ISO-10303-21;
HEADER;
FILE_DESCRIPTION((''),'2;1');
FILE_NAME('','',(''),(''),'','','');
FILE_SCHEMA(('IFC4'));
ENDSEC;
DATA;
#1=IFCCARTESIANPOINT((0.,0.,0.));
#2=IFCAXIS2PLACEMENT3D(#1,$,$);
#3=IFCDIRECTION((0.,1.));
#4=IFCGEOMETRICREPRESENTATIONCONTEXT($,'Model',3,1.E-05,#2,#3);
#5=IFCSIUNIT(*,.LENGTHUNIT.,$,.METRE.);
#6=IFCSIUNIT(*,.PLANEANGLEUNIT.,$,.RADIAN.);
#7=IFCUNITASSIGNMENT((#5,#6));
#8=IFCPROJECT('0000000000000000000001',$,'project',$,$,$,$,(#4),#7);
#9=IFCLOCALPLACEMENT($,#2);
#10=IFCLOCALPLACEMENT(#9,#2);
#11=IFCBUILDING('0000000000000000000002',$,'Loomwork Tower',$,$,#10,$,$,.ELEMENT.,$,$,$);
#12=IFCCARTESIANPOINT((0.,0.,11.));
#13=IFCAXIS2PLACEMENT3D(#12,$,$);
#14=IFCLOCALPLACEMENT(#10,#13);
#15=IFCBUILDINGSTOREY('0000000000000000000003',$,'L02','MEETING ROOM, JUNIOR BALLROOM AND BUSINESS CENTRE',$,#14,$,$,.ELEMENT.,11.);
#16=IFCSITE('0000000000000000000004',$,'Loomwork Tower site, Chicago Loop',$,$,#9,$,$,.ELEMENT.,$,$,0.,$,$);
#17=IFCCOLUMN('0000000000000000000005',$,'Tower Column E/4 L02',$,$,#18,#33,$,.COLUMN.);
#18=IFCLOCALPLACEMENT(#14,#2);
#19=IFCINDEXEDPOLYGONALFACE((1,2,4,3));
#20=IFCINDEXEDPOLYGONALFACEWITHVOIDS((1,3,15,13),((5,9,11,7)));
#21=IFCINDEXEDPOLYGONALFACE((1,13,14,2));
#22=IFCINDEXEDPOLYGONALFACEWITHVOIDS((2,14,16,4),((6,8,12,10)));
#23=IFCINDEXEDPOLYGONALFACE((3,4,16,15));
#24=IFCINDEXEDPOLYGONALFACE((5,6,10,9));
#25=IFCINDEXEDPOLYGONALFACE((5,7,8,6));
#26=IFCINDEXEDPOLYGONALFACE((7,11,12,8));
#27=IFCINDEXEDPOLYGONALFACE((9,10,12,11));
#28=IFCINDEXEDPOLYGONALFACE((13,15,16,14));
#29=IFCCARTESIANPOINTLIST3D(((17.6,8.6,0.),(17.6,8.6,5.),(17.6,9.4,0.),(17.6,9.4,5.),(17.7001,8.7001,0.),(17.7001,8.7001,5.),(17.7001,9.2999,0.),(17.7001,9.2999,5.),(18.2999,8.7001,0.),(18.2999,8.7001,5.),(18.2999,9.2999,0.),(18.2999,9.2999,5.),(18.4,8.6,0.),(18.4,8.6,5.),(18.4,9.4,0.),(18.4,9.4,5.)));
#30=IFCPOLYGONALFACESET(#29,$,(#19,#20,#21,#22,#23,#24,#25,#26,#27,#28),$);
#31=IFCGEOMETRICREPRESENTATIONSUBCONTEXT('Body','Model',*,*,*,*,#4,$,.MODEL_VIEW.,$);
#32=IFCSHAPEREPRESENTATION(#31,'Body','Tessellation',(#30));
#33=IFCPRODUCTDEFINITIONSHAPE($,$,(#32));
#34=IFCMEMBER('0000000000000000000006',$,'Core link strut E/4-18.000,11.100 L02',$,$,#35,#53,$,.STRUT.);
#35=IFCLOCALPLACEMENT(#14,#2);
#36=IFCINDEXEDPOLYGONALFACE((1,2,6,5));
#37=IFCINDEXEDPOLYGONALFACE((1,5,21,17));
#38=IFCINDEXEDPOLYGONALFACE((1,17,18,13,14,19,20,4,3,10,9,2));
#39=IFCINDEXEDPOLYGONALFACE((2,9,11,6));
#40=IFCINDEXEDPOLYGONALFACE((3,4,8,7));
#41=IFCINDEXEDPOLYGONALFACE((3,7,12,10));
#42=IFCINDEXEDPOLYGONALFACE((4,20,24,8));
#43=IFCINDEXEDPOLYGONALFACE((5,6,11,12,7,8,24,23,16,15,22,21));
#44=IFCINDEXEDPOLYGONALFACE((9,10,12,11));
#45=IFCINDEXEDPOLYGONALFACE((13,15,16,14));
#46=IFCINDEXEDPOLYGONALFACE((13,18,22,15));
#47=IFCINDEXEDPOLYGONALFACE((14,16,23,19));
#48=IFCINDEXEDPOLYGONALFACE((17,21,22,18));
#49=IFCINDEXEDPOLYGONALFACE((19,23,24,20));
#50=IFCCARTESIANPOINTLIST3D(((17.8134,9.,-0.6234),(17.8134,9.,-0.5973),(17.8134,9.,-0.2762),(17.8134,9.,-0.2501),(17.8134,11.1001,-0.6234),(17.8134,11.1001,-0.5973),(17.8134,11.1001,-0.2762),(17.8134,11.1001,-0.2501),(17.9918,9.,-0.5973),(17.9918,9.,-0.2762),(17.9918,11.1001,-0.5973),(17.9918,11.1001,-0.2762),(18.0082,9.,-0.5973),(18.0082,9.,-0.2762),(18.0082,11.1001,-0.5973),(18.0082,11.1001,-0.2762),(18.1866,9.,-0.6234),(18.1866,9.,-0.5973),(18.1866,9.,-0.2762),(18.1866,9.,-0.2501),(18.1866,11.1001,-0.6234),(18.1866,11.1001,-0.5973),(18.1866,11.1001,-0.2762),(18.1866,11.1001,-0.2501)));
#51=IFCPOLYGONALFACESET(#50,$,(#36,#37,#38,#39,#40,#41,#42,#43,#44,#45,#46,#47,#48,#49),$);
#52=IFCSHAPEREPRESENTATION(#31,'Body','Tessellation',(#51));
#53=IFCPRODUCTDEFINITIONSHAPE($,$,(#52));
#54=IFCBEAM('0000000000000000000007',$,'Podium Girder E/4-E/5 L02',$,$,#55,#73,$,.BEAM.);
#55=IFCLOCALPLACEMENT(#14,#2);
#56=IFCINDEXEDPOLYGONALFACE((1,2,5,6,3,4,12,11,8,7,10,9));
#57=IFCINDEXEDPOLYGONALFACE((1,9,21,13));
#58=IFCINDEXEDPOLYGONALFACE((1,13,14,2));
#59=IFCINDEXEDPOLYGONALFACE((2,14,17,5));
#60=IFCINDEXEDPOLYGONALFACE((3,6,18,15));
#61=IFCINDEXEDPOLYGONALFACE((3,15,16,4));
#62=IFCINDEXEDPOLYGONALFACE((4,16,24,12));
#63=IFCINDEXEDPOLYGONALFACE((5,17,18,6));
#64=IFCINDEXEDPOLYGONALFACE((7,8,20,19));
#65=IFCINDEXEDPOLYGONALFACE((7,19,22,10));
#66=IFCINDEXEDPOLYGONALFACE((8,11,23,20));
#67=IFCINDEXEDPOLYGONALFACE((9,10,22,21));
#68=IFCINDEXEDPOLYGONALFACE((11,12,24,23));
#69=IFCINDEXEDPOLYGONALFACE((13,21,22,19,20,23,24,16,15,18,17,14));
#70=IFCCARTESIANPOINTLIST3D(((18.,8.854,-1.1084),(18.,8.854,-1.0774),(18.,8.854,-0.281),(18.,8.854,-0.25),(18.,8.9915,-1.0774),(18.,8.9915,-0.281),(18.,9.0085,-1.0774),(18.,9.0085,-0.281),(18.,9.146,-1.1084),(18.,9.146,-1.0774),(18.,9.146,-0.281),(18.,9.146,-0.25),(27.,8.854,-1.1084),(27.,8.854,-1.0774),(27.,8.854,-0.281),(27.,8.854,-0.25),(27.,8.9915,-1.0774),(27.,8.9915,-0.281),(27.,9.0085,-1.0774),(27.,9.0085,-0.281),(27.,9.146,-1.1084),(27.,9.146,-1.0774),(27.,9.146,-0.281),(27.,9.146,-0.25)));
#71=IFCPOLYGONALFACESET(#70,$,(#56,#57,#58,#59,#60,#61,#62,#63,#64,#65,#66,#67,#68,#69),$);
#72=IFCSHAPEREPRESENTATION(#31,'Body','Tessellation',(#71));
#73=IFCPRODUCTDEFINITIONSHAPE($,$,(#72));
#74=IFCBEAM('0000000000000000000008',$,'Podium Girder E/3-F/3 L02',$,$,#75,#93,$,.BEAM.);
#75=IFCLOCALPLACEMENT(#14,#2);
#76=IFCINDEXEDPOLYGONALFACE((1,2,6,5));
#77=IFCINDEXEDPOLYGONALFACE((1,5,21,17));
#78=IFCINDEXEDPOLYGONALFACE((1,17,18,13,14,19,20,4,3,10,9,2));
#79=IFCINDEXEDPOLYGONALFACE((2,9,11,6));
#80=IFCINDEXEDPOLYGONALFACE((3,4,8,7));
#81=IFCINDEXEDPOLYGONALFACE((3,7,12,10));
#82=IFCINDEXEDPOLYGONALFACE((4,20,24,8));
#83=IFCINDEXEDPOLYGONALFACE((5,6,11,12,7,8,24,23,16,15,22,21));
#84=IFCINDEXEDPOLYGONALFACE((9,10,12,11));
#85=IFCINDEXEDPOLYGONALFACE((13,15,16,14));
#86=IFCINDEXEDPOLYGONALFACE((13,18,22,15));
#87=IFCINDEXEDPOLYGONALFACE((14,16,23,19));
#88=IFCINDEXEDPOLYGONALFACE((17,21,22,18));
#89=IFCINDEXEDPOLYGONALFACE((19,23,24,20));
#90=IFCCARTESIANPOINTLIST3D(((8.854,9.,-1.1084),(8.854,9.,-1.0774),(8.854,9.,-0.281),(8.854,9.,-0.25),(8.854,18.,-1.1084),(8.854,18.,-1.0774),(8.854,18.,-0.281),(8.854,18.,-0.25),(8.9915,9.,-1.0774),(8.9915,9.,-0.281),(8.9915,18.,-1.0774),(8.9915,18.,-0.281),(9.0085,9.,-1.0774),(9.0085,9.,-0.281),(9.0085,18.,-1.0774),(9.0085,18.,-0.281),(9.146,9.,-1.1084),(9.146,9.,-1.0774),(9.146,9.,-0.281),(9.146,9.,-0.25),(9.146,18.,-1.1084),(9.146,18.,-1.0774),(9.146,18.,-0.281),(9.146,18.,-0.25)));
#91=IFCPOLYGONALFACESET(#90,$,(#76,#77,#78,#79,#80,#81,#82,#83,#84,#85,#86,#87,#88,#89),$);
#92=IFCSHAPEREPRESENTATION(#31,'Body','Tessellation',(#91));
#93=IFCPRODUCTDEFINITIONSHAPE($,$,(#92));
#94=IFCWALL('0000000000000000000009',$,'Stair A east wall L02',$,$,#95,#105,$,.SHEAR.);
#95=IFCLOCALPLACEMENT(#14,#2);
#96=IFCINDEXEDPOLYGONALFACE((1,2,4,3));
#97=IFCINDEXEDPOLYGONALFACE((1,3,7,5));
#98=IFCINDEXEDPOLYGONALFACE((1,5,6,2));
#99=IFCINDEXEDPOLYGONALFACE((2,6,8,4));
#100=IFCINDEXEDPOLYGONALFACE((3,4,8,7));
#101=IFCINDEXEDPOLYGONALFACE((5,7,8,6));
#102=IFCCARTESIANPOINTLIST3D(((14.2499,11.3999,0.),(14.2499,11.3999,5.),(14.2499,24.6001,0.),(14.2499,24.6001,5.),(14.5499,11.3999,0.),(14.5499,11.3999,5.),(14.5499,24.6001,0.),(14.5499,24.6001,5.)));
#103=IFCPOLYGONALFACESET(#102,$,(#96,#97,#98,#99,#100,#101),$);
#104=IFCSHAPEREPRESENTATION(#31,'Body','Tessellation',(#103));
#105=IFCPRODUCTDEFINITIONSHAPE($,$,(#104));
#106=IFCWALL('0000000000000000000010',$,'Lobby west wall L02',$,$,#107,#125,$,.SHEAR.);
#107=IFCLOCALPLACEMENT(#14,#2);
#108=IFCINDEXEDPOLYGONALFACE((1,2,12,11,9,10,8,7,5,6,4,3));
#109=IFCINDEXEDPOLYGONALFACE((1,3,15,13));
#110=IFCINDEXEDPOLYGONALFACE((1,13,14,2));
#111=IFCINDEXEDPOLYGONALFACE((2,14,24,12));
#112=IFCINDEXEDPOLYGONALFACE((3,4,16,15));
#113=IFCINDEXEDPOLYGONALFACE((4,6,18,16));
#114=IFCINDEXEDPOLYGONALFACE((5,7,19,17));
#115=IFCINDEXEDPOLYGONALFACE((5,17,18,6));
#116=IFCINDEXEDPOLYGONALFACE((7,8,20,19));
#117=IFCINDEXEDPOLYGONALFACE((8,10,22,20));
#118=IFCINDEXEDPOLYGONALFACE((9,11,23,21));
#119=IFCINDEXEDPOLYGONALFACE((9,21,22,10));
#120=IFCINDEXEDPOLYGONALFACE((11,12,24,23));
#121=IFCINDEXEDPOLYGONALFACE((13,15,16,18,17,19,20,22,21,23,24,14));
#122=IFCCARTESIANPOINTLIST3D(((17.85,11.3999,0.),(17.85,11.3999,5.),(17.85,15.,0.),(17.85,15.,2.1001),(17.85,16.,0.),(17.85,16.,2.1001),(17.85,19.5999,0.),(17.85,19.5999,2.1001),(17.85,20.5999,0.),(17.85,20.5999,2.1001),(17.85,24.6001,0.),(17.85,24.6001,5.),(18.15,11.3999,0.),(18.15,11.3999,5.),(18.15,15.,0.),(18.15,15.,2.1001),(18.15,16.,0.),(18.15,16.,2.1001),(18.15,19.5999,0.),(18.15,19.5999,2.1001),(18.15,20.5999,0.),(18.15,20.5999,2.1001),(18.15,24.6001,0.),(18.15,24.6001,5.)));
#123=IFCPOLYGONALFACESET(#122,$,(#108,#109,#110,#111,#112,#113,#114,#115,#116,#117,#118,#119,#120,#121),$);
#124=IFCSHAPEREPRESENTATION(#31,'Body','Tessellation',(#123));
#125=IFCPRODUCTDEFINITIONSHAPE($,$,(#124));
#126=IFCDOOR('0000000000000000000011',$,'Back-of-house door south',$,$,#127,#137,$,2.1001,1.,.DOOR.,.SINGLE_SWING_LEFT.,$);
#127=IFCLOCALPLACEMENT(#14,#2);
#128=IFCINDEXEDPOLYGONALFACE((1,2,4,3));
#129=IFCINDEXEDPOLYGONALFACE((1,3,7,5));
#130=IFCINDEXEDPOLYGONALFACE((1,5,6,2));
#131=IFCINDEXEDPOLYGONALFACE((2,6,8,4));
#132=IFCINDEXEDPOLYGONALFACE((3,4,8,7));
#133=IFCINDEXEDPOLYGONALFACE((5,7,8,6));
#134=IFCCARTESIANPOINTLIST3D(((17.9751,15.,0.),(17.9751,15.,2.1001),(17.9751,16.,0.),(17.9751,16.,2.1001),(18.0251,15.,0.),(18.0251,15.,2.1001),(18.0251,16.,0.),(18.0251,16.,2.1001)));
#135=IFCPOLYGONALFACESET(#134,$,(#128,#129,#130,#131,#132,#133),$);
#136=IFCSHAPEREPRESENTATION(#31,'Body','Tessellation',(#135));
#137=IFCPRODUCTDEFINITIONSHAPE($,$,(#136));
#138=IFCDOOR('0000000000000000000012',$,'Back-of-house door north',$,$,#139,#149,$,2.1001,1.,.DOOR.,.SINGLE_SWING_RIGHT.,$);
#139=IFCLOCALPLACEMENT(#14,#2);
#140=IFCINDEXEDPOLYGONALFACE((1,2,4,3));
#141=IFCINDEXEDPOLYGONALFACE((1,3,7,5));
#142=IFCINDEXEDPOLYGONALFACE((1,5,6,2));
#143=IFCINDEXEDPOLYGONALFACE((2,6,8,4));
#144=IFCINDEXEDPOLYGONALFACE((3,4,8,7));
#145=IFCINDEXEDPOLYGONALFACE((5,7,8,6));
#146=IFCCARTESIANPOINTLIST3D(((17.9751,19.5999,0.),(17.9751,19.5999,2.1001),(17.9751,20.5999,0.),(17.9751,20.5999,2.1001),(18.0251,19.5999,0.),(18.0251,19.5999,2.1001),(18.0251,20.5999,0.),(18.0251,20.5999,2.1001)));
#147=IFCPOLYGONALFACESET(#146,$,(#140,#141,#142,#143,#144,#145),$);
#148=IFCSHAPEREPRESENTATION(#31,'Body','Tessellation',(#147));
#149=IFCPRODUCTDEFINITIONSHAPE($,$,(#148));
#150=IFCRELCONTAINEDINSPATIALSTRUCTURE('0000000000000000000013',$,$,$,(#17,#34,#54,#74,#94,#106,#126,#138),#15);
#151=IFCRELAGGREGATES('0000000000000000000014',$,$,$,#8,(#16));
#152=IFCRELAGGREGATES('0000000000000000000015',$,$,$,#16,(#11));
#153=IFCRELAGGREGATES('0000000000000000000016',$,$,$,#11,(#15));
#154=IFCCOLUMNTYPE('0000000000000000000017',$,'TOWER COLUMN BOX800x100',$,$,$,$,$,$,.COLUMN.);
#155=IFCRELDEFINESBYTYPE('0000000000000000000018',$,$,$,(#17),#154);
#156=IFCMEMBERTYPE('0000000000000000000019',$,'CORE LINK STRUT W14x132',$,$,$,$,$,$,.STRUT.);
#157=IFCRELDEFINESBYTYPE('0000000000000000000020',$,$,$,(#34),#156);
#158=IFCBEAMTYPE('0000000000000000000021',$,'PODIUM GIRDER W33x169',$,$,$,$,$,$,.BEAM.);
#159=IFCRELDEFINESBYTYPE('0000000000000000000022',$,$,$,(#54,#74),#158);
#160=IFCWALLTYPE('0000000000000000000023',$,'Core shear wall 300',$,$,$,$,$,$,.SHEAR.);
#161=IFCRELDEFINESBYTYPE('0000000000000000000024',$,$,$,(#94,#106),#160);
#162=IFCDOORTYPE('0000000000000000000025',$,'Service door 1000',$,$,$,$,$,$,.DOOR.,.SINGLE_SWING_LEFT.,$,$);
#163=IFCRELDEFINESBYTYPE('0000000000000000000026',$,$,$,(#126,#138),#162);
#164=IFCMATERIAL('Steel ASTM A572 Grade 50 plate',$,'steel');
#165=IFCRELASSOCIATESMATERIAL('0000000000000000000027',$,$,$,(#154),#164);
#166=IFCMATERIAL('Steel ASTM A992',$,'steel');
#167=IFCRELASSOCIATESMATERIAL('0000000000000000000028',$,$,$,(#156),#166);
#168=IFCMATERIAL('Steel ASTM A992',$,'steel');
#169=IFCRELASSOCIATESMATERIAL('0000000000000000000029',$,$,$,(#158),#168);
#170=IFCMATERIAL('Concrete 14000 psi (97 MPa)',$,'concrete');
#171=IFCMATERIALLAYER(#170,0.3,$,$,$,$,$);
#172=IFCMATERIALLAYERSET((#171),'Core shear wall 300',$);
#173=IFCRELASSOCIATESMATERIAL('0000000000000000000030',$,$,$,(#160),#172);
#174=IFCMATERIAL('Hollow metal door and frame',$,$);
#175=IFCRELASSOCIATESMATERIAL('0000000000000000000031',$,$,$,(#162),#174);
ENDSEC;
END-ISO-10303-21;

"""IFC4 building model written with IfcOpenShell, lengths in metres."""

from ifc_helpers import new_model, si_unit, direction, frame, frame_2d, origin, origin_2d, place, context, subcontext, project, spatial, rectangle, hollow_rectangle, i_section, extrude, material, layer, layer_set, material_profile, profile_set, type_object, element, fill, save


model = new_model("IFC4")

# Units and contexts
model_context = context("Model", 3, precision=1e-05, world=origin(), true_north=direction((0.0, 1.0)))
body_context = subcontext(model_context, "Body", "Model", "MODEL_VIEW")
ifc_project = project(units=[si_unit("LENGTHUNIT", "METRE"), si_unit("PLANEANGLEUNIT", "RADIAN")], contexts=[model_context])

# Site, building, storey
site_placement = place(None, origin())
site = spatial("IfcSite", under=ifc_project, at=site_placement, Name="Loomwork Tower site, Chicago Loop", CompositionType="ELEMENT", RefElevation=0.0)
building_placement = place(site_placement, origin())
building = spatial("IfcBuilding", under=site, at=building_placement, Name="Loomwork Tower", CompositionType="ELEMENT")
storey_placement = place(building_placement, frame((0.0, 0.0, 11.0)))
storey = spatial("IfcBuildingStorey", under=building, at=storey_placement, Name="L02", Description="MEETING ROOM, JUNIOR BALLROOM AND BUSINESS CENTRE", CompositionType="ELEMENT", Elevation=11.0)

# Column
ifc_material_1 = material(Name="Steel ASTM A572 Grade 50 plate", Category="steel")
ifc_material_profile_1 = material_profile(ifc_material_1, hollow_rectangle(XDim=0.8, YDim=0.8, WallThickness=0.1001, at=origin_2d()), Name="BOX800x100")
ifc_profile_set_1 = profile_set([ifc_material_profile_1], Name="Steel ASTM A572 Grade 50 plate")
column_type = type_object("IfcColumnType", Name="TOWER COLUMN BOX800x100", PredefinedType="COLUMN", material=ifc_profile_set_1)
column_placement = place(storey_placement, frame((18.0, 9.0, 0.0), z_axis=(0.0, 0.0, 1.0), x_axis=(1.0, 0.0, 0.0)))
element("IfcColumn", 1, at=column_placement, inside=storey, type_object=column_type, Name="Tower Column E/4 L02", PredefinedType="COLUMN", context=body_context, shape_type="SweptSolid", body=[
    extrude(hollow_rectangle(XDim=0.8, YDim=0.8, WallThickness=0.1001, at=origin_2d()), origin(), (0.0, 0.0, 1.0), 5.0),
])

# Member
ifc_material_2 = material(Name="Steel ASTM A992", Category="steel")
ifc_material_profile_2 = material_profile(ifc_material_2, i_section(OverallWidth=0.3733, OverallDepth=0.3733, WebThickness=0.0164, FlangeThickness=0.0261, at=origin_2d()), Name="W14x132")
ifc_profile_set_2 = profile_set([ifc_material_profile_2], Name="Steel ASTM A992")
member_type = type_object("IfcMemberType", Name="CORE LINK STRUT W14x132", PredefinedType="STRUT", material=ifc_profile_set_2)
member_placement = place(storey_placement, frame((18.0, 9.0, -0.4368), z_axis=(0.0, 1.0, 0.0), x_axis=(-1.0, 0.0, 0.0)))
element("IfcMember", 2, at=member_placement, inside=storey, type_object=member_type, Name="Core link strut E/4-18.000,11.100 L02", PredefinedType="STRUT", context=body_context, shape_type="SweptSolid", body=[
    extrude(i_section(OverallWidth=0.3733, OverallDepth=0.3733, WebThickness=0.0164, FlangeThickness=0.0261, at=origin_2d()), origin(), (0.0, 0.0, 1.0), 2.1001),
])

# Beams
ifc_material_3 = material(Name="Steel ASTM A992", Category="steel")
ifc_material_profile_3 = material_profile(ifc_material_3, i_section(OverallWidth=0.292, OverallDepth=0.8584, WebThickness=0.0171, FlangeThickness=0.031, at=origin_2d()), Name="W33x169")
ifc_profile_set_3 = profile_set([ifc_material_profile_3], Name="Steel ASTM A992")
beam_type = type_object("IfcBeamType", Name="PODIUM GIRDER W33x169", PredefinedType="BEAM", material=ifc_profile_set_3)
for number, where, z_axis, x_axis, name in (
    (3, (18.0, 9.0, -0.6792), (1.0, 0.0, 0.0), (0.0, 1.0, 0.0), "Podium Girder E/4-E/5 L02"),
    (4, (9.0, 9.0, -0.6792), (0.0, 1.0, 0.0), (-1.0, 0.0, 0.0), "Podium Girder E/3-F/3 L02"),
):
    element("IfcBeam", number, at=place(storey_placement, frame(where, z_axis=z_axis, x_axis=x_axis)), inside=storey, type_object=beam_type, Name=name, PredefinedType="BEAM", context=body_context, shape_type="SweptSolid", body=[
        extrude(i_section(OverallWidth=0.292, OverallDepth=0.8584, WebThickness=0.0171, FlangeThickness=0.031, at=origin_2d()), origin(), (0.0, 0.0, 1.0), 9.0),
    ])

# Wall
ifc_material_4 = material(Name="Concrete 14000 psi (97 MPa)", Category="concrete")
ifc_layer_1 = layer(ifc_material_4, 0.3)
ifc_layer_set_1 = layer_set([ifc_layer_1], Name="Core shear wall 300")
wall_type_1 = type_object("IfcWallType", Name="Core shear wall 300", PredefinedType="SHEAR", material=ifc_layer_set_1)
wall_1_placement = place(storey_placement, frame((14.3999, 11.3999, 0.0), z_axis=(0.0, 0.0, 1.0), x_axis=(0.0, 1.0, 0.0)))
element("IfcWall", 5, at=wall_1_placement, inside=storey, type_object=wall_type_1, Name="Stair A east wall L02", PredefinedType="SHEAR", context=body_context, shape_type="SweptSolid", body=[
    extrude(rectangle(XDim=13.2002, YDim=0.3, at=frame_2d((6.6001, 0.0))), origin(), (0.0, 0.0, 1.0), 5.0),
])

# Wall, openings, doors
wall_2_placement = place(storey_placement, frame((18.0, 11.3999, 0.0), z_axis=(0.0, 0.0, 1.0), x_axis=(0.0, 1.0, 0.0)))
wall_2 = element("IfcWall", 6, at=wall_2_placement, inside=storey, type_object=wall_type_1, Name="Lobby west wall L02", PredefinedType="SHEAR", context=body_context, shape_type="SweptSolid", body=[
    extrude(rectangle(XDim=13.2002, YDim=0.3, at=frame_2d((6.6001, 0.0))), origin(), (0.0, 0.0, 1.0), 5.0),
])
opening_1_placement = place(wall_2_placement, frame((3.6001, 0.0, 0.0)))
opening_1 = element("IfcOpeningElement", 7, at=opening_1_placement, cuts=wall_2, PredefinedType="OPENING", context=body_context, shape_type="SweptSolid", body=[
    extrude(rectangle(XDim=1.0, YDim=2.1001, at=frame_2d((0.5, 1.05))), frame((0.0, 0.1599, 0.0), z_axis=(0.0, -1.0, 0.0), x_axis=(1.0, 0.0, 0.0)), (0.0, 0.0, 1.0), 0.3201),
])
opening_2_placement = place(wall_2_placement, frame((8.2, 0.0, 0.0)))
opening_2 = element("IfcOpeningElement", 8, at=opening_2_placement, cuts=wall_2, PredefinedType="OPENING", context=body_context, shape_type="SweptSolid", body=[
    extrude(rectangle(XDim=1.0, YDim=2.1001, at=frame_2d((0.5, 1.05))), frame((0.0, 0.1599, 0.0), z_axis=(0.0, -1.0, 0.0), x_axis=(1.0, 0.0, 0.0)), (0.0, 0.0, 1.0), 0.3201),
])
ifc_material_5 = material(Name="Hollow metal door and frame")
door_type_1 = type_object("IfcDoorType", Name="Service door 1000", OperationType="SINGLE_SWING_LEFT", PredefinedType="DOOR", material=ifc_material_5)
door_1_placement = place(opening_1_placement, origin())
door_1 = element("IfcDoor", 9, at=door_1_placement, inside=storey, type_object=door_type_1, Name="Back-of-house door south", OperationType="SINGLE_SWING_LEFT", OverallHeight=2.1001, OverallWidth=1.0, PredefinedType="DOOR", context=body_context, shape_type="SweptSolid", body=[
    extrude(rectangle(XDim=1.0, YDim=2.1001, at=frame_2d((0.5, 1.05))), frame((0.0, 0.0249, 0.0), z_axis=(0.0, -1.0, 0.0), x_axis=(1.0, 0.0, 0.0)), (0.0, 0.0, 1.0), 0.05),
])
fill(opening_1, door_1)
door_2_placement = place(opening_2_placement, origin())
door_2 = element("IfcDoor", 10, at=door_2_placement, inside=storey, type_object=door_type_1, Name="Back-of-house door north", OperationType="SINGLE_SWING_RIGHT", OverallHeight=2.1001, OverallWidth=1.0, PredefinedType="DOOR", context=body_context, shape_type="SweptSolid", body=[
    extrude(rectangle(XDim=1.0, YDim=2.1001, at=frame_2d((0.5, 1.05))), frame((0.0, 0.0249, 0.0), z_axis=(0.0, -1.0, 0.0), x_axis=(1.0, 0.0, 0.0)), (0.0, 0.0, 1.0), 0.05),
])
fill(opening_2, door_2)

save(model, "model.ifc")
